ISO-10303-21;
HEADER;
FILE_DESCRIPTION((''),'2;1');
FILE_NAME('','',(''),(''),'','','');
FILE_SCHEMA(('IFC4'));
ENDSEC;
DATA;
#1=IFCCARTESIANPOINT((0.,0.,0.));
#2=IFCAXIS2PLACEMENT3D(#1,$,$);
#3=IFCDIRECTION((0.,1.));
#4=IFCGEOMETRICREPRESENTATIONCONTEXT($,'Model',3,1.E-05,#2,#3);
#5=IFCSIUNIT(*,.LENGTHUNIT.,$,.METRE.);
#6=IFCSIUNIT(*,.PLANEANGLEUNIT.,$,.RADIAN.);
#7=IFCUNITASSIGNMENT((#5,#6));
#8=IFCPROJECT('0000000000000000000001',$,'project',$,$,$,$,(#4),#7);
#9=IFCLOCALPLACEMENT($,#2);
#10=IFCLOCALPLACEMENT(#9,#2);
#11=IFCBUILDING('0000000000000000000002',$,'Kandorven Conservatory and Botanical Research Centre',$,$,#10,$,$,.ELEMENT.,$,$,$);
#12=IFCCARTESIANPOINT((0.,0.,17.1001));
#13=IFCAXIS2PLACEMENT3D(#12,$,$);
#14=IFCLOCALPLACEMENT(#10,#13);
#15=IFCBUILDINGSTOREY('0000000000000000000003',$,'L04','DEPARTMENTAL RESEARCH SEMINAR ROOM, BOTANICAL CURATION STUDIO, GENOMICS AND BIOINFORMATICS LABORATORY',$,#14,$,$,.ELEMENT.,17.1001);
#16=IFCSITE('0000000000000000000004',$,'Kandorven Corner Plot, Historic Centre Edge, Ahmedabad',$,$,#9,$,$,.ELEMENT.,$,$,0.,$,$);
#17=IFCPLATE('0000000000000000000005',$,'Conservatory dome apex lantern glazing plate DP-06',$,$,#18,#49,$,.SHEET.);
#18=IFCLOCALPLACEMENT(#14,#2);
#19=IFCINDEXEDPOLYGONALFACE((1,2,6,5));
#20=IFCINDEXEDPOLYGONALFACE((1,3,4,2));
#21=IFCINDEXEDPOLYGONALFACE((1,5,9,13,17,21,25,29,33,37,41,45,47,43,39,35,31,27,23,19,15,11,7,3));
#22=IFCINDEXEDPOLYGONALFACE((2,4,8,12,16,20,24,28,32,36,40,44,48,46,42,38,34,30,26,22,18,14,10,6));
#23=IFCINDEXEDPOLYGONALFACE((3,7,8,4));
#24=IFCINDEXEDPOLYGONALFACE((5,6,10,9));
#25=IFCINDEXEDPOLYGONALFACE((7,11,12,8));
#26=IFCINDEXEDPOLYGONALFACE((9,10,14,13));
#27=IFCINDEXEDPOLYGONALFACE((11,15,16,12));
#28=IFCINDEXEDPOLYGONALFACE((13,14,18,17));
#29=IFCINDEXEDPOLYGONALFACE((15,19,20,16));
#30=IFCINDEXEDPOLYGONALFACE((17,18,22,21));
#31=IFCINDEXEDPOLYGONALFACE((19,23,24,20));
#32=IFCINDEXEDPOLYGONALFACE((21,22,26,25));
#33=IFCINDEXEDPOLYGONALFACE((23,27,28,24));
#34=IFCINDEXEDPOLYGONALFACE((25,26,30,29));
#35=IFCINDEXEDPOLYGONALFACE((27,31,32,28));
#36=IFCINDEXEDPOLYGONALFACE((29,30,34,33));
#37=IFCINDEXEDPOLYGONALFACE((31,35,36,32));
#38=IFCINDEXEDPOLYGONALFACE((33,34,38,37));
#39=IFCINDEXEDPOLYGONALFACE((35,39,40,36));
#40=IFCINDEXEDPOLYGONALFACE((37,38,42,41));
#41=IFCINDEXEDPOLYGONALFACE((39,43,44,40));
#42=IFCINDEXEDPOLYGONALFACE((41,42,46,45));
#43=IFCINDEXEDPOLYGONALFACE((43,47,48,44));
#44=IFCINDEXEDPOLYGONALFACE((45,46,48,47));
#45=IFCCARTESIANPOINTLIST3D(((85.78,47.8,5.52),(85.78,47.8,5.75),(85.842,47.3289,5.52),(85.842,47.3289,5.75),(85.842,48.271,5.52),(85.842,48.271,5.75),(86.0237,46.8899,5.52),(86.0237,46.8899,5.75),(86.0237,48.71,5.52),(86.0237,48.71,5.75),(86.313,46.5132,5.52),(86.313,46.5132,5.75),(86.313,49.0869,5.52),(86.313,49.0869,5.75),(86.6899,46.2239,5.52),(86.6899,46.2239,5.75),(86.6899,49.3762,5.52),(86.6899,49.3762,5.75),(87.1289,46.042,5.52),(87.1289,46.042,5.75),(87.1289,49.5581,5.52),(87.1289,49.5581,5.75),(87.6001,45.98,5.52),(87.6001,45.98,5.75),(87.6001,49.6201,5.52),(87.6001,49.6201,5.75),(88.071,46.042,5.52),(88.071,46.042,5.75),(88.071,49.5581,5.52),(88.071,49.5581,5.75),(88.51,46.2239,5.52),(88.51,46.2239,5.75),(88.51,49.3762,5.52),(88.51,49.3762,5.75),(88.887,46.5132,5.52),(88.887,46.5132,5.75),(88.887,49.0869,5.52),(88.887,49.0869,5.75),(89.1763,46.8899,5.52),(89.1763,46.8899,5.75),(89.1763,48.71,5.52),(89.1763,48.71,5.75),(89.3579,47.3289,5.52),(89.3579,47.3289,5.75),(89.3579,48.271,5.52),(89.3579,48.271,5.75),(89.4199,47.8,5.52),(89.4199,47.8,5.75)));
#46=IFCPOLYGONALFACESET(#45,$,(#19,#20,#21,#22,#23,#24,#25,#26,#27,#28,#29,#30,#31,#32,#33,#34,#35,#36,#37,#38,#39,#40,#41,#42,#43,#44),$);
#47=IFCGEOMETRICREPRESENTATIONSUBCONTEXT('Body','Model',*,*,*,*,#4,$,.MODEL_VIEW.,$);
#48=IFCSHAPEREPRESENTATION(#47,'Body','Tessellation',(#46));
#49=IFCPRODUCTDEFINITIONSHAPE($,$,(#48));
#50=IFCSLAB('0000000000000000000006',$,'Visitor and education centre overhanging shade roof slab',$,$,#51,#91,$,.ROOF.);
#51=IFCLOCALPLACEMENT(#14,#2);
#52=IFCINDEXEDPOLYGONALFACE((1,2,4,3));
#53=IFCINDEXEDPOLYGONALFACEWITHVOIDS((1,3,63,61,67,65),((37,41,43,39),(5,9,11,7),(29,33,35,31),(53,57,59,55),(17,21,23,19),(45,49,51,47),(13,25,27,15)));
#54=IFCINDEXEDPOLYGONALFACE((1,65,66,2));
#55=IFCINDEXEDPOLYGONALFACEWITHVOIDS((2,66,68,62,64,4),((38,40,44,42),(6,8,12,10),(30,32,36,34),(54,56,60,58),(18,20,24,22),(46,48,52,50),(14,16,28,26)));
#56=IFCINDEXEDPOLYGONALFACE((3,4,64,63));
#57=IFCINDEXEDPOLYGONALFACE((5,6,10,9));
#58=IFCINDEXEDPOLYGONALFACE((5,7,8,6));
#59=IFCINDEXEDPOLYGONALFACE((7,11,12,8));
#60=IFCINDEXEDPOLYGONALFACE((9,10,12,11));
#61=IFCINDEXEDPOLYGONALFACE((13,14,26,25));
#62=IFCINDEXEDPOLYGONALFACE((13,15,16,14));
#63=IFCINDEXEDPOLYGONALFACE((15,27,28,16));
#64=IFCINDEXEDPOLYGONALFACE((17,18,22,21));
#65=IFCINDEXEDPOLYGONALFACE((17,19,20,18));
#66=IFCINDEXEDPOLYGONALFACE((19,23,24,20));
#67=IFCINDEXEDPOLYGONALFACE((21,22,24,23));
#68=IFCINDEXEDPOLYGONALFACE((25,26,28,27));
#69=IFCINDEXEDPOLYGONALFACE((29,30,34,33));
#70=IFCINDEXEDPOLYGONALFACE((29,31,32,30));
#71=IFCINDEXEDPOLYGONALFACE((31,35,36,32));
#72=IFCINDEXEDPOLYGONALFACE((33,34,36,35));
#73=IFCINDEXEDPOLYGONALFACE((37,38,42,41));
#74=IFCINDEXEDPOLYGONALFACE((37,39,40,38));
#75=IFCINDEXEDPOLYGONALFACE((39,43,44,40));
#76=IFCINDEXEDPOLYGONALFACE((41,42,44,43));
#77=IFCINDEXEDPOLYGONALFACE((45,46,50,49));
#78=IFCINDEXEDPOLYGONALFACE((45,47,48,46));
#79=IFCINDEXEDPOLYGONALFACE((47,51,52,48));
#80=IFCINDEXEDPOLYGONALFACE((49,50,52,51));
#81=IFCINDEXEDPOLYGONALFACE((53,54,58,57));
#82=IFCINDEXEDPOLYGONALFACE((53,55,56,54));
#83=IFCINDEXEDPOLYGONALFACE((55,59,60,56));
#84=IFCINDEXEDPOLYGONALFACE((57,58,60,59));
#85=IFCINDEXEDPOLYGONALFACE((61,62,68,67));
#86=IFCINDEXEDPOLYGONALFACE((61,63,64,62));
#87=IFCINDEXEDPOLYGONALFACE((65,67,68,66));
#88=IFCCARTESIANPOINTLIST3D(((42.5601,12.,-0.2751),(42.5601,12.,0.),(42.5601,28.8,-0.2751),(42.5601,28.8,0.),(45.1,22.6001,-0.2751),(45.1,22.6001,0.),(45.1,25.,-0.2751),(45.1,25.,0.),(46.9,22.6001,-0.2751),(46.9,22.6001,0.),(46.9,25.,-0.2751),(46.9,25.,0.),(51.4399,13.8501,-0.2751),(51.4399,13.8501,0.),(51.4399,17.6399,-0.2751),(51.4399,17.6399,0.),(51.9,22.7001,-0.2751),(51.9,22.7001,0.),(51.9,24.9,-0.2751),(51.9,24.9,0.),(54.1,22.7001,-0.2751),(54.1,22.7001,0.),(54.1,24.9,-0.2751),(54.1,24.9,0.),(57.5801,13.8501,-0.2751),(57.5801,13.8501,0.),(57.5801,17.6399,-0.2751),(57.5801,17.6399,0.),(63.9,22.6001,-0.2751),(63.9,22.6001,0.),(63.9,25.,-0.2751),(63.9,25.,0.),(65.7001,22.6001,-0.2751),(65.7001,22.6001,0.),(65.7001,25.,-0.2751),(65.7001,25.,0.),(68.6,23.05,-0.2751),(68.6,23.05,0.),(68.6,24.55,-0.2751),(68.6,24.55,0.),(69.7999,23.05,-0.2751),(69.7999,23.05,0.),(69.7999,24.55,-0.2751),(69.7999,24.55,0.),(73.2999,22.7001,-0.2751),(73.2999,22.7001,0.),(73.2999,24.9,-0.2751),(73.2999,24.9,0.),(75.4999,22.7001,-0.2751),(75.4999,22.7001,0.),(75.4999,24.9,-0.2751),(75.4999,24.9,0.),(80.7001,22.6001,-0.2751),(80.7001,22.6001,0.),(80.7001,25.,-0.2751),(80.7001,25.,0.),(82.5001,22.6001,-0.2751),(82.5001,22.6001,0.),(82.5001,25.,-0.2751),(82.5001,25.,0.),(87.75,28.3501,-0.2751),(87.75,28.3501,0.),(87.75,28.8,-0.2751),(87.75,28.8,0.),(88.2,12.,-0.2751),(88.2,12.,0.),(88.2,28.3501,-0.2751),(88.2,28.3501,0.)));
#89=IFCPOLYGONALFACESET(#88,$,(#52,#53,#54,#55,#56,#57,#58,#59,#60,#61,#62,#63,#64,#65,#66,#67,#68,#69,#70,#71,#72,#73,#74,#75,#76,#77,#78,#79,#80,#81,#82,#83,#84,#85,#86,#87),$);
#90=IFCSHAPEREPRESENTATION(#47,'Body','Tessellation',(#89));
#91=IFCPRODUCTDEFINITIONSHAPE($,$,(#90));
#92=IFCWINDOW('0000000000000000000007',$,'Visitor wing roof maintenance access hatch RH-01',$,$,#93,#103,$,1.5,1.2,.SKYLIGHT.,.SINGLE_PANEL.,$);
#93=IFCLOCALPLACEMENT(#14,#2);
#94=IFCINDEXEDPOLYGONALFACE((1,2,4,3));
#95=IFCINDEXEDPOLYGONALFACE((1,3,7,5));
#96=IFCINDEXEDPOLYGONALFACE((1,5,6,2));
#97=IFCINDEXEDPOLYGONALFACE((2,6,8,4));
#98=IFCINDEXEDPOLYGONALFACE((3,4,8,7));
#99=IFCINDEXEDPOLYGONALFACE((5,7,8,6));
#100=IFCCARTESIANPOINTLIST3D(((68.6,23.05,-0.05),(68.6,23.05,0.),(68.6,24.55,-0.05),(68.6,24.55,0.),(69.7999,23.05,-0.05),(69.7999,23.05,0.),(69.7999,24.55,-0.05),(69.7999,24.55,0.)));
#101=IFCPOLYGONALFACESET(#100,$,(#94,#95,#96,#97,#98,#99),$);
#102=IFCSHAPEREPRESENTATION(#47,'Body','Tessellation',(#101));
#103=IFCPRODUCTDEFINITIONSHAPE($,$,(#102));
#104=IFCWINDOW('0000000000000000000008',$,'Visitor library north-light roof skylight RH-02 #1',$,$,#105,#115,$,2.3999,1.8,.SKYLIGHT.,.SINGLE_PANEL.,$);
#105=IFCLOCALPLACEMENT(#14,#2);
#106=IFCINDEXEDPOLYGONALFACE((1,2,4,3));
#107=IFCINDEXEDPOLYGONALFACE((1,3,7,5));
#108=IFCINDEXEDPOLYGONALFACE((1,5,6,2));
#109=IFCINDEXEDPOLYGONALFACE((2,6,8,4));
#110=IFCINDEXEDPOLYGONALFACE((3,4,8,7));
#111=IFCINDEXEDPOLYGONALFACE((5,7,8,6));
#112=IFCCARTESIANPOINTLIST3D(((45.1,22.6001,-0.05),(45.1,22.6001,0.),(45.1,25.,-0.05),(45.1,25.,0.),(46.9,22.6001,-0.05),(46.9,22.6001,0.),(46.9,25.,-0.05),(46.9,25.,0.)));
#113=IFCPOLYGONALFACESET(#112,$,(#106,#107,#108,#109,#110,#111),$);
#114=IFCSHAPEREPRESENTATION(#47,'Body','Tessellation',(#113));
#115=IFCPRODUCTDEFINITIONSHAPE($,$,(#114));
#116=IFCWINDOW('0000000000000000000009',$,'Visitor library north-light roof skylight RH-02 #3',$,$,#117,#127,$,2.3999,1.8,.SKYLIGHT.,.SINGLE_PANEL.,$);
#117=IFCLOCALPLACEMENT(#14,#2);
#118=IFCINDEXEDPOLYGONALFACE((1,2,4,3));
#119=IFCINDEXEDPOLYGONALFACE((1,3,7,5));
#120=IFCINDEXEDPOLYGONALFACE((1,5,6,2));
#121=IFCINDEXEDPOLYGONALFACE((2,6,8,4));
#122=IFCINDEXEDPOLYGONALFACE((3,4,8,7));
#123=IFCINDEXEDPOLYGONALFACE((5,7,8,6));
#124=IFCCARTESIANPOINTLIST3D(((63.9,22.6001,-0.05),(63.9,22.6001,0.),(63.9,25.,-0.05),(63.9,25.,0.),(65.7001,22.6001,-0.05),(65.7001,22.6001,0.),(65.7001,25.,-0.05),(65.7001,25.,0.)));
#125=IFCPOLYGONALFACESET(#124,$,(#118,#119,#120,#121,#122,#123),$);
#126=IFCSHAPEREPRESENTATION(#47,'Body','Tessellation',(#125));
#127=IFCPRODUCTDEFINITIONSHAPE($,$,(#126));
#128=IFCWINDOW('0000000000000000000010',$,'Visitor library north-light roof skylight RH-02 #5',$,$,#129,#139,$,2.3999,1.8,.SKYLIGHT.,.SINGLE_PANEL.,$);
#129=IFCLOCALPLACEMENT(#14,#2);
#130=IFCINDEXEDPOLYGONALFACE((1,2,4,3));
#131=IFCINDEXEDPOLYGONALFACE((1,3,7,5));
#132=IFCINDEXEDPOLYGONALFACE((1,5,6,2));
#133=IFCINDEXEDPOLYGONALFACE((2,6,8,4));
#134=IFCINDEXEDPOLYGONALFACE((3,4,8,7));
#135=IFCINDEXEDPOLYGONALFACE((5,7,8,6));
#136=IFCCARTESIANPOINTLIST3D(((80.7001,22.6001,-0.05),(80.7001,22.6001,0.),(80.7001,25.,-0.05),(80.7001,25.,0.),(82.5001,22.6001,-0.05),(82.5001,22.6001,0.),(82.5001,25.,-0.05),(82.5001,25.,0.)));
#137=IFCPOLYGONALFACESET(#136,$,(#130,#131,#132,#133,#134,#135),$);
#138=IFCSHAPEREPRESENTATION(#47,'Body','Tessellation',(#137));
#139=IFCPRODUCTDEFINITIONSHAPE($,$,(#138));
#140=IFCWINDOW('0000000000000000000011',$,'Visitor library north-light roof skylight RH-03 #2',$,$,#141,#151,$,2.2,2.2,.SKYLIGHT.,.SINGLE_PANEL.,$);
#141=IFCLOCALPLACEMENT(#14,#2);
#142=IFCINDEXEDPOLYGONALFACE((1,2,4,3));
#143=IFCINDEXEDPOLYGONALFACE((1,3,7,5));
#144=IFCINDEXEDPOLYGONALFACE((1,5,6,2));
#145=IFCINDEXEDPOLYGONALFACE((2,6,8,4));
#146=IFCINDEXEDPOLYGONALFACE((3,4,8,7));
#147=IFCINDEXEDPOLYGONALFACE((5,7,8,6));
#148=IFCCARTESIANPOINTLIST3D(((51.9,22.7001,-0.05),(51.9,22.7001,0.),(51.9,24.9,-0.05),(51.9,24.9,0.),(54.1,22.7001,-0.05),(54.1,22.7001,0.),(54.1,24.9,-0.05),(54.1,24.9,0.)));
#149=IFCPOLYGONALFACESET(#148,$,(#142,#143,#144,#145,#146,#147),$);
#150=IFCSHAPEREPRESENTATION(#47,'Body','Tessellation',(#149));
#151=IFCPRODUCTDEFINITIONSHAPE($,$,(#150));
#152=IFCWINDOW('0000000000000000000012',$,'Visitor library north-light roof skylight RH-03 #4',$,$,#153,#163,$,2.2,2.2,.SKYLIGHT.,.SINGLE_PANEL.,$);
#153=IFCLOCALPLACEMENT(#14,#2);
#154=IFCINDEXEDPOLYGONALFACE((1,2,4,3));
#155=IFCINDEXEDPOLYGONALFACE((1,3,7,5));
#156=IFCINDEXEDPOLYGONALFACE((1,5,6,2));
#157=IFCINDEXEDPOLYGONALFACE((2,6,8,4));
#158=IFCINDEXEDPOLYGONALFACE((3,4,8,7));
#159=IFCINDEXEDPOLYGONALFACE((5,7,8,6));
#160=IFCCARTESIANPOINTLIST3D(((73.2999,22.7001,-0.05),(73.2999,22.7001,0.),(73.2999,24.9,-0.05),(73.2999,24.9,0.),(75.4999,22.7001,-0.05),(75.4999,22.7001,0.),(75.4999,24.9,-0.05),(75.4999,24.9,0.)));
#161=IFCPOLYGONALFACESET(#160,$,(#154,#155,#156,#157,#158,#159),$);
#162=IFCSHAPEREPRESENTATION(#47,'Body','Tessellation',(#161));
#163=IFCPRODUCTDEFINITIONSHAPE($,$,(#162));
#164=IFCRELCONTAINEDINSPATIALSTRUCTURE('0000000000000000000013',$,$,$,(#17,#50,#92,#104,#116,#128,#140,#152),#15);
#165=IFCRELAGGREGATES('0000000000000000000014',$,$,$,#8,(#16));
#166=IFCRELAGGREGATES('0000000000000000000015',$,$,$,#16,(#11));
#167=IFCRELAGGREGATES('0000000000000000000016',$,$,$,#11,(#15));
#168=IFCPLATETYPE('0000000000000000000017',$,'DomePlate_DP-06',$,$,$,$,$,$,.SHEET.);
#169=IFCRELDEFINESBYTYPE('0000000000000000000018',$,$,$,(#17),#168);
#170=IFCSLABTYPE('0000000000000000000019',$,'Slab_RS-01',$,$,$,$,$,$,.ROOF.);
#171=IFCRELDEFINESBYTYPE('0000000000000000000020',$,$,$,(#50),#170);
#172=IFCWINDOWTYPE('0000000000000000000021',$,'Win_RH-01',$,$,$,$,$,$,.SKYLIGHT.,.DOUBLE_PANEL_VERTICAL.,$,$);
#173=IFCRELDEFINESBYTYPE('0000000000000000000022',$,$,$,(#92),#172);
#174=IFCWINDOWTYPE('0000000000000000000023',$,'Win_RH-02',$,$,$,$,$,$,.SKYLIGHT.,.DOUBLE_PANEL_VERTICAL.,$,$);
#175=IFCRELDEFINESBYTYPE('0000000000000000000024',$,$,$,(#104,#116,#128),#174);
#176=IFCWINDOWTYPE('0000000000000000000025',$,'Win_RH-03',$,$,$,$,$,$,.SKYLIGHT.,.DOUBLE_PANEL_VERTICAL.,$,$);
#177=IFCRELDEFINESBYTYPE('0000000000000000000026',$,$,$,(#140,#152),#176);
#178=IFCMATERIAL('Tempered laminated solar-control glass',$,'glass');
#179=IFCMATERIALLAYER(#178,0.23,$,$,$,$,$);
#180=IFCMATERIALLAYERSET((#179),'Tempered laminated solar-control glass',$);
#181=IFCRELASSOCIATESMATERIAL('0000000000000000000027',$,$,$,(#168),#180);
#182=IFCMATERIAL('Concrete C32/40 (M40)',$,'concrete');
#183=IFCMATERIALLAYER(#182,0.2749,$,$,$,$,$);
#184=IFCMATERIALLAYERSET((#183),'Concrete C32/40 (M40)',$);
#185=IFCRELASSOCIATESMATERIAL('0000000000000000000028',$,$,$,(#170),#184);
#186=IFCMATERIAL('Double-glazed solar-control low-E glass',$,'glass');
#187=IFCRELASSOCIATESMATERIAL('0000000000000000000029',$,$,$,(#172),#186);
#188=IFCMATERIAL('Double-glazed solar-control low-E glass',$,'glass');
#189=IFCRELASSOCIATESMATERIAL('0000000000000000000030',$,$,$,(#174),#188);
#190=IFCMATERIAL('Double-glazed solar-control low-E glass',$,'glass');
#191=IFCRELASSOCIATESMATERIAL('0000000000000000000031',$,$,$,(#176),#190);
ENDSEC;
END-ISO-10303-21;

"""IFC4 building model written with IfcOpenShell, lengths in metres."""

from ifc_helpers import new_model, si_unit, direction, frame, origin, origin_2d, place, context, subcontext, project, spatial, polyline, rectangle, outline, extrude, material, layer, layer_set, type_object, element, fill, save


model = new_model("IFC4")

# Units and contexts
model_context = context("Model", 3, precision=1e-05, world=origin(), true_north=direction((0.0, 1.0)))
body_context = subcontext(model_context, "Body", "Model", "MODEL_VIEW")
ifc_project = project(units=[si_unit("LENGTHUNIT", "METRE"), si_unit("PLANEANGLEUNIT", "RADIAN")], contexts=[model_context])

# Site, building, storey
site_placement = place(None, origin())
site = spatial("IfcSite", under=ifc_project, at=site_placement, Name="Kandorven Corner Plot, Historic Centre Edge, Ahmedabad", CompositionType="ELEMENT", RefElevation=0.0)
building_placement = place(site_placement, origin())
building = spatial("IfcBuilding", under=site, at=building_placement, Name="Kandorven Conservatory and Botanical Research Centre", CompositionType="ELEMENT")
storey_placement = place(building_placement, frame((0.0, 0.0, 17.1001)))
storey = spatial("IfcBuildingStorey", under=building, at=storey_placement, Name="L04", Description="DEPARTMENTAL RESEARCH SEMINAR ROOM, BOTANICAL CURATION STUDIO, GENOMICS AND BIOINFORMATICS LABORATORY", CompositionType="ELEMENT", Elevation=17.1001)

# Plate
ifc_material_1 = material(Name="Tempered laminated solar-control glass", Category="glass")
ifc_layer_1 = layer(ifc_material_1, 0.23)
ifc_layer_set_1 = layer_set([ifc_layer_1], Name="Tempered laminated solar-control glass")
plate_type = type_object("IfcPlateType", Name="DomePlate_DP-06", PredefinedType="SHEET", material=ifc_layer_set_1)
plate_placement = place(storey_placement, frame((0.0, 0.0, 5.52)))
element("IfcPlate", 1, at=plate_placement, inside=storey, type_object=plate_type, Name="Conservatory dome apex lantern glazing plate DP-06", PredefinedType="SHEET", context=body_context, shape_type="SweptSolid", body=[
    extrude(outline(polyline([(89.4199, 47.8), (89.3579, 48.271), (89.1763, 48.71), (88.887, 49.0869), (88.51, 49.3762), (88.071, 49.5581), (87.6001, 49.6201), (87.1289, 49.5581), (86.6899, 49.3762), (86.313, 49.0869), (86.0237, 48.71), (85.842, 48.271), (85.78, 47.8), (85.842, 47.3289), (86.0237, 46.8899), (86.313, 46.5132), (86.6899, 46.2239), (87.1289, 46.042), (87.6001, 45.98), (88.071, 46.042), (88.51, 46.2239), (88.887, 46.5132), (89.1763, 46.8899), (89.3579, 47.3289), (89.4199, 47.8)])), origin(), (0.0, 0.0, 1.0), 0.23),
])

# Slab, openings, windows
ifc_material_2 = material(Name="Concrete C32/40 (M40)", Category="concrete")
ifc_layer_2 = layer(ifc_material_2, 0.2749)
ifc_layer_set_2 = layer_set([ifc_layer_2], Name="Concrete C32/40 (M40)")
slab_type_1 = type_object("IfcSlabType", Name="Slab_RS-01", PredefinedType="ROOF", material=ifc_layer_set_2)
slab_1_placement = place(storey_placement, frame((0.0, 0.0, -0.2751)))
slab_1 = element("IfcSlab", 2, at=slab_1_placement, inside=storey, type_object=slab_type_1, Name="Visitor and education centre overhanging shade roof slab", PredefinedType="ROOF", context=body_context, shape_type="SweptSolid", body=[
    extrude(outline(polyline([(42.5601, 12.0), (88.2, 12.0), (88.2, 28.3501), (87.75, 28.3501), (87.75, 28.8), (42.5601, 28.8), (42.5601, 12.0)]), holes=[polyline([(51.4399, 13.8501), (57.5801, 13.8501), (57.5801, 17.6399), (51.4399, 17.6399), (51.4399, 13.8501)])]), origin(), (0.0, 0.0, 1.0), 0.2751),
])
opening_1_placement = place(slab_1_placement, frame((69.2, 23.8, 0.0)))
opening_1 = element("IfcOpeningElement", 3, at=opening_1_placement, cuts=slab_1, PredefinedType="OPENING", context=body_context, shape_type="SweptSolid", body=[
    extrude(rectangle(XDim=1.2, YDim=1.5, at=origin_2d()), origin(), (0.0, 0.0, 1.0), 0.2751),
])
opening_2_placement = place(slab_1_placement, frame((46.0, 23.8, 0.0)))
opening_2 = element("IfcOpeningElement", 4, at=opening_2_placement, cuts=slab_1, PredefinedType="OPENING", context=body_context, shape_type="SweptSolid", body=[
    extrude(rectangle(XDim=1.8, YDim=2.3999, at=origin_2d()), origin(), (0.0, 0.0, 1.0), 0.2751),
])
opening_3_placement = place(slab_1_placement, frame((53.0, 23.8, 0.0)))
opening_3 = element("IfcOpeningElement", 5, at=opening_3_placement, cuts=slab_1, PredefinedType="OPENING", context=body_context, shape_type="SweptSolid", body=[
    extrude(rectangle(XDim=2.2, YDim=2.2, at=origin_2d()), origin(), (0.0, 0.0, 1.0), 0.2751),
])
opening_4_placement = place(slab_1_placement, frame((64.8, 23.8, 0.0)))
opening_4 = element("IfcOpeningElement", 6, at=opening_4_placement, cuts=slab_1, PredefinedType="OPENING", context=body_context, shape_type="SweptSolid", body=[
    extrude(rectangle(XDim=1.8, YDim=2.3999, at=origin_2d()), origin(), (0.0, 0.0, 1.0), 0.2751),
])
opening_5_placement = place(slab_1_placement, frame((74.3999, 23.8, 0.0)))
opening_5 = element("IfcOpeningElement", 7, at=opening_5_placement, cuts=slab_1, PredefinedType="OPENING", context=body_context, shape_type="SweptSolid", body=[
    extrude(rectangle(XDim=2.2, YDim=2.2, at=origin_2d()), origin(), (0.0, 0.0, 1.0), 0.2751),
])
opening_6_placement = place(slab_1_placement, frame((81.6001, 23.8, 0.0)))
opening_6 = element("IfcOpeningElement", 8, at=opening_6_placement, cuts=slab_1, PredefinedType="OPENING", context=body_context, shape_type="SweptSolid", body=[
    extrude(rectangle(XDim=1.8, YDim=2.3999, at=origin_2d()), origin(), (0.0, 0.0, 1.0), 0.2751),
])
ifc_material_3 = material(Name="Double-glazed solar-control low-E glass", Category="glass")
window_type_1 = type_object("IfcWindowType", Name="Win_RH-01", PartitioningType="DOUBLE_PANEL_VERTICAL", PredefinedType="SKYLIGHT", material=ifc_material_3)
window_1_placement = place(opening_1_placement, frame((0.0, 0.0, 0.2251)))
window_1 = element("IfcWindow", 9, at=window_1_placement, inside=storey, type_object=window_type_1, Name="Visitor wing roof maintenance access hatch RH-01", OverallHeight=1.5, OverallWidth=1.2, PartitioningType="SINGLE_PANEL", PredefinedType="SKYLIGHT", context=body_context, shape_type="SweptSolid", body=[
    extrude(rectangle(XDim=1.2, YDim=1.5, at=origin_2d()), origin(), (0.0, 0.0, 1.0), 0.05),
])
fill(opening_1, window_1)
ifc_material_4 = material(Name="Double-glazed solar-control low-E glass", Category="glass")
window_type_2 = type_object("IfcWindowType", Name="Win_RH-02", PartitioningType="DOUBLE_PANEL_VERTICAL", PredefinedType="SKYLIGHT", material=ifc_material_4)
window_2_placement = place(opening_2_placement, frame((0.0, 0.0, 0.2251)))
window_2 = element("IfcWindow", 10, at=window_2_placement, inside=storey, type_object=window_type_2, Name="Visitor library north-light roof skylight RH-02 #1", OverallHeight=2.3999, OverallWidth=1.8, PartitioningType="SINGLE_PANEL", PredefinedType="SKYLIGHT", context=body_context, shape_type="SweptSolid", body=[
    extrude(rectangle(XDim=1.8, YDim=2.3999, at=origin_2d()), origin(), (0.0, 0.0, 1.0), 0.05),
])
fill(opening_2, window_2)
window_3_placement = place(opening_4_placement, frame((0.0, 0.0, 0.2251)))
window_3 = element("IfcWindow", 11, at=window_3_placement, inside=storey, type_object=window_type_2, Name="Visitor library north-light roof skylight RH-02 #3", OverallHeight=2.3999, OverallWidth=1.8, PartitioningType="SINGLE_PANEL", PredefinedType="SKYLIGHT", context=body_context, shape_type="SweptSolid", body=[
    extrude(rectangle(XDim=1.8, YDim=2.3999, at=origin_2d()), origin(), (0.0, 0.0, 1.0), 0.05),
])
fill(opening_4, window_3)
window_4_placement = place(opening_6_placement, frame((0.0, 0.0, 0.2251)))
window_4 = element("IfcWindow", 12, at=window_4_placement, inside=storey, type_object=window_type_2, Name="Visitor library north-light roof skylight RH-02 #5", OverallHeight=2.3999, OverallWidth=1.8, PartitioningType="SINGLE_PANEL", PredefinedType="SKYLIGHT", context=body_context, shape_type="SweptSolid", body=[
    extrude(rectangle(XDim=1.8, YDim=2.3999, at=origin_2d()), origin(), (0.0, 0.0, 1.0), 0.05),
])
fill(opening_6, window_4)
ifc_material_5 = material(Name="Double-glazed solar-control low-E glass", Category="glass")
window_type_3 = type_object("IfcWindowType", Name="Win_RH-03", PartitioningType="DOUBLE_PANEL_VERTICAL", PredefinedType="SKYLIGHT", material=ifc_material_5)
window_5_placement = place(opening_3_placement, frame((0.0, 0.0, 0.2251)))
window_5 = element("IfcWindow", 13, at=window_5_placement, inside=storey, type_object=window_type_3, Name="Visitor library north-light roof skylight RH-03 #2", OverallHeight=2.2, OverallWidth=2.2, PartitioningType="SINGLE_PANEL", PredefinedType="SKYLIGHT", context=body_context, shape_type="SweptSolid", body=[
    extrude(rectangle(XDim=2.2, YDim=2.2, at=origin_2d()), origin(), (0.0, 0.0, 1.0), 0.05),
])
fill(opening_3, window_5)
window_6_placement = place(opening_5_placement, frame((0.0, 0.0, 0.2251)))
window_6 = element("IfcWindow", 14, at=window_6_placement, inside=storey, type_object=window_type_3, Name="Visitor library north-light roof skylight RH-03 #4", OverallHeight=2.2, OverallWidth=2.2, PartitioningType="SINGLE_PANEL", PredefinedType="SKYLIGHT", context=body_context, shape_type="SweptSolid", body=[
    extrude(rectangle(XDim=2.2, YDim=2.2, at=origin_2d()), origin(), (0.0, 0.0, 1.0), 0.05),
])
fill(opening_5, window_6)

save(model, "model.ifc")
